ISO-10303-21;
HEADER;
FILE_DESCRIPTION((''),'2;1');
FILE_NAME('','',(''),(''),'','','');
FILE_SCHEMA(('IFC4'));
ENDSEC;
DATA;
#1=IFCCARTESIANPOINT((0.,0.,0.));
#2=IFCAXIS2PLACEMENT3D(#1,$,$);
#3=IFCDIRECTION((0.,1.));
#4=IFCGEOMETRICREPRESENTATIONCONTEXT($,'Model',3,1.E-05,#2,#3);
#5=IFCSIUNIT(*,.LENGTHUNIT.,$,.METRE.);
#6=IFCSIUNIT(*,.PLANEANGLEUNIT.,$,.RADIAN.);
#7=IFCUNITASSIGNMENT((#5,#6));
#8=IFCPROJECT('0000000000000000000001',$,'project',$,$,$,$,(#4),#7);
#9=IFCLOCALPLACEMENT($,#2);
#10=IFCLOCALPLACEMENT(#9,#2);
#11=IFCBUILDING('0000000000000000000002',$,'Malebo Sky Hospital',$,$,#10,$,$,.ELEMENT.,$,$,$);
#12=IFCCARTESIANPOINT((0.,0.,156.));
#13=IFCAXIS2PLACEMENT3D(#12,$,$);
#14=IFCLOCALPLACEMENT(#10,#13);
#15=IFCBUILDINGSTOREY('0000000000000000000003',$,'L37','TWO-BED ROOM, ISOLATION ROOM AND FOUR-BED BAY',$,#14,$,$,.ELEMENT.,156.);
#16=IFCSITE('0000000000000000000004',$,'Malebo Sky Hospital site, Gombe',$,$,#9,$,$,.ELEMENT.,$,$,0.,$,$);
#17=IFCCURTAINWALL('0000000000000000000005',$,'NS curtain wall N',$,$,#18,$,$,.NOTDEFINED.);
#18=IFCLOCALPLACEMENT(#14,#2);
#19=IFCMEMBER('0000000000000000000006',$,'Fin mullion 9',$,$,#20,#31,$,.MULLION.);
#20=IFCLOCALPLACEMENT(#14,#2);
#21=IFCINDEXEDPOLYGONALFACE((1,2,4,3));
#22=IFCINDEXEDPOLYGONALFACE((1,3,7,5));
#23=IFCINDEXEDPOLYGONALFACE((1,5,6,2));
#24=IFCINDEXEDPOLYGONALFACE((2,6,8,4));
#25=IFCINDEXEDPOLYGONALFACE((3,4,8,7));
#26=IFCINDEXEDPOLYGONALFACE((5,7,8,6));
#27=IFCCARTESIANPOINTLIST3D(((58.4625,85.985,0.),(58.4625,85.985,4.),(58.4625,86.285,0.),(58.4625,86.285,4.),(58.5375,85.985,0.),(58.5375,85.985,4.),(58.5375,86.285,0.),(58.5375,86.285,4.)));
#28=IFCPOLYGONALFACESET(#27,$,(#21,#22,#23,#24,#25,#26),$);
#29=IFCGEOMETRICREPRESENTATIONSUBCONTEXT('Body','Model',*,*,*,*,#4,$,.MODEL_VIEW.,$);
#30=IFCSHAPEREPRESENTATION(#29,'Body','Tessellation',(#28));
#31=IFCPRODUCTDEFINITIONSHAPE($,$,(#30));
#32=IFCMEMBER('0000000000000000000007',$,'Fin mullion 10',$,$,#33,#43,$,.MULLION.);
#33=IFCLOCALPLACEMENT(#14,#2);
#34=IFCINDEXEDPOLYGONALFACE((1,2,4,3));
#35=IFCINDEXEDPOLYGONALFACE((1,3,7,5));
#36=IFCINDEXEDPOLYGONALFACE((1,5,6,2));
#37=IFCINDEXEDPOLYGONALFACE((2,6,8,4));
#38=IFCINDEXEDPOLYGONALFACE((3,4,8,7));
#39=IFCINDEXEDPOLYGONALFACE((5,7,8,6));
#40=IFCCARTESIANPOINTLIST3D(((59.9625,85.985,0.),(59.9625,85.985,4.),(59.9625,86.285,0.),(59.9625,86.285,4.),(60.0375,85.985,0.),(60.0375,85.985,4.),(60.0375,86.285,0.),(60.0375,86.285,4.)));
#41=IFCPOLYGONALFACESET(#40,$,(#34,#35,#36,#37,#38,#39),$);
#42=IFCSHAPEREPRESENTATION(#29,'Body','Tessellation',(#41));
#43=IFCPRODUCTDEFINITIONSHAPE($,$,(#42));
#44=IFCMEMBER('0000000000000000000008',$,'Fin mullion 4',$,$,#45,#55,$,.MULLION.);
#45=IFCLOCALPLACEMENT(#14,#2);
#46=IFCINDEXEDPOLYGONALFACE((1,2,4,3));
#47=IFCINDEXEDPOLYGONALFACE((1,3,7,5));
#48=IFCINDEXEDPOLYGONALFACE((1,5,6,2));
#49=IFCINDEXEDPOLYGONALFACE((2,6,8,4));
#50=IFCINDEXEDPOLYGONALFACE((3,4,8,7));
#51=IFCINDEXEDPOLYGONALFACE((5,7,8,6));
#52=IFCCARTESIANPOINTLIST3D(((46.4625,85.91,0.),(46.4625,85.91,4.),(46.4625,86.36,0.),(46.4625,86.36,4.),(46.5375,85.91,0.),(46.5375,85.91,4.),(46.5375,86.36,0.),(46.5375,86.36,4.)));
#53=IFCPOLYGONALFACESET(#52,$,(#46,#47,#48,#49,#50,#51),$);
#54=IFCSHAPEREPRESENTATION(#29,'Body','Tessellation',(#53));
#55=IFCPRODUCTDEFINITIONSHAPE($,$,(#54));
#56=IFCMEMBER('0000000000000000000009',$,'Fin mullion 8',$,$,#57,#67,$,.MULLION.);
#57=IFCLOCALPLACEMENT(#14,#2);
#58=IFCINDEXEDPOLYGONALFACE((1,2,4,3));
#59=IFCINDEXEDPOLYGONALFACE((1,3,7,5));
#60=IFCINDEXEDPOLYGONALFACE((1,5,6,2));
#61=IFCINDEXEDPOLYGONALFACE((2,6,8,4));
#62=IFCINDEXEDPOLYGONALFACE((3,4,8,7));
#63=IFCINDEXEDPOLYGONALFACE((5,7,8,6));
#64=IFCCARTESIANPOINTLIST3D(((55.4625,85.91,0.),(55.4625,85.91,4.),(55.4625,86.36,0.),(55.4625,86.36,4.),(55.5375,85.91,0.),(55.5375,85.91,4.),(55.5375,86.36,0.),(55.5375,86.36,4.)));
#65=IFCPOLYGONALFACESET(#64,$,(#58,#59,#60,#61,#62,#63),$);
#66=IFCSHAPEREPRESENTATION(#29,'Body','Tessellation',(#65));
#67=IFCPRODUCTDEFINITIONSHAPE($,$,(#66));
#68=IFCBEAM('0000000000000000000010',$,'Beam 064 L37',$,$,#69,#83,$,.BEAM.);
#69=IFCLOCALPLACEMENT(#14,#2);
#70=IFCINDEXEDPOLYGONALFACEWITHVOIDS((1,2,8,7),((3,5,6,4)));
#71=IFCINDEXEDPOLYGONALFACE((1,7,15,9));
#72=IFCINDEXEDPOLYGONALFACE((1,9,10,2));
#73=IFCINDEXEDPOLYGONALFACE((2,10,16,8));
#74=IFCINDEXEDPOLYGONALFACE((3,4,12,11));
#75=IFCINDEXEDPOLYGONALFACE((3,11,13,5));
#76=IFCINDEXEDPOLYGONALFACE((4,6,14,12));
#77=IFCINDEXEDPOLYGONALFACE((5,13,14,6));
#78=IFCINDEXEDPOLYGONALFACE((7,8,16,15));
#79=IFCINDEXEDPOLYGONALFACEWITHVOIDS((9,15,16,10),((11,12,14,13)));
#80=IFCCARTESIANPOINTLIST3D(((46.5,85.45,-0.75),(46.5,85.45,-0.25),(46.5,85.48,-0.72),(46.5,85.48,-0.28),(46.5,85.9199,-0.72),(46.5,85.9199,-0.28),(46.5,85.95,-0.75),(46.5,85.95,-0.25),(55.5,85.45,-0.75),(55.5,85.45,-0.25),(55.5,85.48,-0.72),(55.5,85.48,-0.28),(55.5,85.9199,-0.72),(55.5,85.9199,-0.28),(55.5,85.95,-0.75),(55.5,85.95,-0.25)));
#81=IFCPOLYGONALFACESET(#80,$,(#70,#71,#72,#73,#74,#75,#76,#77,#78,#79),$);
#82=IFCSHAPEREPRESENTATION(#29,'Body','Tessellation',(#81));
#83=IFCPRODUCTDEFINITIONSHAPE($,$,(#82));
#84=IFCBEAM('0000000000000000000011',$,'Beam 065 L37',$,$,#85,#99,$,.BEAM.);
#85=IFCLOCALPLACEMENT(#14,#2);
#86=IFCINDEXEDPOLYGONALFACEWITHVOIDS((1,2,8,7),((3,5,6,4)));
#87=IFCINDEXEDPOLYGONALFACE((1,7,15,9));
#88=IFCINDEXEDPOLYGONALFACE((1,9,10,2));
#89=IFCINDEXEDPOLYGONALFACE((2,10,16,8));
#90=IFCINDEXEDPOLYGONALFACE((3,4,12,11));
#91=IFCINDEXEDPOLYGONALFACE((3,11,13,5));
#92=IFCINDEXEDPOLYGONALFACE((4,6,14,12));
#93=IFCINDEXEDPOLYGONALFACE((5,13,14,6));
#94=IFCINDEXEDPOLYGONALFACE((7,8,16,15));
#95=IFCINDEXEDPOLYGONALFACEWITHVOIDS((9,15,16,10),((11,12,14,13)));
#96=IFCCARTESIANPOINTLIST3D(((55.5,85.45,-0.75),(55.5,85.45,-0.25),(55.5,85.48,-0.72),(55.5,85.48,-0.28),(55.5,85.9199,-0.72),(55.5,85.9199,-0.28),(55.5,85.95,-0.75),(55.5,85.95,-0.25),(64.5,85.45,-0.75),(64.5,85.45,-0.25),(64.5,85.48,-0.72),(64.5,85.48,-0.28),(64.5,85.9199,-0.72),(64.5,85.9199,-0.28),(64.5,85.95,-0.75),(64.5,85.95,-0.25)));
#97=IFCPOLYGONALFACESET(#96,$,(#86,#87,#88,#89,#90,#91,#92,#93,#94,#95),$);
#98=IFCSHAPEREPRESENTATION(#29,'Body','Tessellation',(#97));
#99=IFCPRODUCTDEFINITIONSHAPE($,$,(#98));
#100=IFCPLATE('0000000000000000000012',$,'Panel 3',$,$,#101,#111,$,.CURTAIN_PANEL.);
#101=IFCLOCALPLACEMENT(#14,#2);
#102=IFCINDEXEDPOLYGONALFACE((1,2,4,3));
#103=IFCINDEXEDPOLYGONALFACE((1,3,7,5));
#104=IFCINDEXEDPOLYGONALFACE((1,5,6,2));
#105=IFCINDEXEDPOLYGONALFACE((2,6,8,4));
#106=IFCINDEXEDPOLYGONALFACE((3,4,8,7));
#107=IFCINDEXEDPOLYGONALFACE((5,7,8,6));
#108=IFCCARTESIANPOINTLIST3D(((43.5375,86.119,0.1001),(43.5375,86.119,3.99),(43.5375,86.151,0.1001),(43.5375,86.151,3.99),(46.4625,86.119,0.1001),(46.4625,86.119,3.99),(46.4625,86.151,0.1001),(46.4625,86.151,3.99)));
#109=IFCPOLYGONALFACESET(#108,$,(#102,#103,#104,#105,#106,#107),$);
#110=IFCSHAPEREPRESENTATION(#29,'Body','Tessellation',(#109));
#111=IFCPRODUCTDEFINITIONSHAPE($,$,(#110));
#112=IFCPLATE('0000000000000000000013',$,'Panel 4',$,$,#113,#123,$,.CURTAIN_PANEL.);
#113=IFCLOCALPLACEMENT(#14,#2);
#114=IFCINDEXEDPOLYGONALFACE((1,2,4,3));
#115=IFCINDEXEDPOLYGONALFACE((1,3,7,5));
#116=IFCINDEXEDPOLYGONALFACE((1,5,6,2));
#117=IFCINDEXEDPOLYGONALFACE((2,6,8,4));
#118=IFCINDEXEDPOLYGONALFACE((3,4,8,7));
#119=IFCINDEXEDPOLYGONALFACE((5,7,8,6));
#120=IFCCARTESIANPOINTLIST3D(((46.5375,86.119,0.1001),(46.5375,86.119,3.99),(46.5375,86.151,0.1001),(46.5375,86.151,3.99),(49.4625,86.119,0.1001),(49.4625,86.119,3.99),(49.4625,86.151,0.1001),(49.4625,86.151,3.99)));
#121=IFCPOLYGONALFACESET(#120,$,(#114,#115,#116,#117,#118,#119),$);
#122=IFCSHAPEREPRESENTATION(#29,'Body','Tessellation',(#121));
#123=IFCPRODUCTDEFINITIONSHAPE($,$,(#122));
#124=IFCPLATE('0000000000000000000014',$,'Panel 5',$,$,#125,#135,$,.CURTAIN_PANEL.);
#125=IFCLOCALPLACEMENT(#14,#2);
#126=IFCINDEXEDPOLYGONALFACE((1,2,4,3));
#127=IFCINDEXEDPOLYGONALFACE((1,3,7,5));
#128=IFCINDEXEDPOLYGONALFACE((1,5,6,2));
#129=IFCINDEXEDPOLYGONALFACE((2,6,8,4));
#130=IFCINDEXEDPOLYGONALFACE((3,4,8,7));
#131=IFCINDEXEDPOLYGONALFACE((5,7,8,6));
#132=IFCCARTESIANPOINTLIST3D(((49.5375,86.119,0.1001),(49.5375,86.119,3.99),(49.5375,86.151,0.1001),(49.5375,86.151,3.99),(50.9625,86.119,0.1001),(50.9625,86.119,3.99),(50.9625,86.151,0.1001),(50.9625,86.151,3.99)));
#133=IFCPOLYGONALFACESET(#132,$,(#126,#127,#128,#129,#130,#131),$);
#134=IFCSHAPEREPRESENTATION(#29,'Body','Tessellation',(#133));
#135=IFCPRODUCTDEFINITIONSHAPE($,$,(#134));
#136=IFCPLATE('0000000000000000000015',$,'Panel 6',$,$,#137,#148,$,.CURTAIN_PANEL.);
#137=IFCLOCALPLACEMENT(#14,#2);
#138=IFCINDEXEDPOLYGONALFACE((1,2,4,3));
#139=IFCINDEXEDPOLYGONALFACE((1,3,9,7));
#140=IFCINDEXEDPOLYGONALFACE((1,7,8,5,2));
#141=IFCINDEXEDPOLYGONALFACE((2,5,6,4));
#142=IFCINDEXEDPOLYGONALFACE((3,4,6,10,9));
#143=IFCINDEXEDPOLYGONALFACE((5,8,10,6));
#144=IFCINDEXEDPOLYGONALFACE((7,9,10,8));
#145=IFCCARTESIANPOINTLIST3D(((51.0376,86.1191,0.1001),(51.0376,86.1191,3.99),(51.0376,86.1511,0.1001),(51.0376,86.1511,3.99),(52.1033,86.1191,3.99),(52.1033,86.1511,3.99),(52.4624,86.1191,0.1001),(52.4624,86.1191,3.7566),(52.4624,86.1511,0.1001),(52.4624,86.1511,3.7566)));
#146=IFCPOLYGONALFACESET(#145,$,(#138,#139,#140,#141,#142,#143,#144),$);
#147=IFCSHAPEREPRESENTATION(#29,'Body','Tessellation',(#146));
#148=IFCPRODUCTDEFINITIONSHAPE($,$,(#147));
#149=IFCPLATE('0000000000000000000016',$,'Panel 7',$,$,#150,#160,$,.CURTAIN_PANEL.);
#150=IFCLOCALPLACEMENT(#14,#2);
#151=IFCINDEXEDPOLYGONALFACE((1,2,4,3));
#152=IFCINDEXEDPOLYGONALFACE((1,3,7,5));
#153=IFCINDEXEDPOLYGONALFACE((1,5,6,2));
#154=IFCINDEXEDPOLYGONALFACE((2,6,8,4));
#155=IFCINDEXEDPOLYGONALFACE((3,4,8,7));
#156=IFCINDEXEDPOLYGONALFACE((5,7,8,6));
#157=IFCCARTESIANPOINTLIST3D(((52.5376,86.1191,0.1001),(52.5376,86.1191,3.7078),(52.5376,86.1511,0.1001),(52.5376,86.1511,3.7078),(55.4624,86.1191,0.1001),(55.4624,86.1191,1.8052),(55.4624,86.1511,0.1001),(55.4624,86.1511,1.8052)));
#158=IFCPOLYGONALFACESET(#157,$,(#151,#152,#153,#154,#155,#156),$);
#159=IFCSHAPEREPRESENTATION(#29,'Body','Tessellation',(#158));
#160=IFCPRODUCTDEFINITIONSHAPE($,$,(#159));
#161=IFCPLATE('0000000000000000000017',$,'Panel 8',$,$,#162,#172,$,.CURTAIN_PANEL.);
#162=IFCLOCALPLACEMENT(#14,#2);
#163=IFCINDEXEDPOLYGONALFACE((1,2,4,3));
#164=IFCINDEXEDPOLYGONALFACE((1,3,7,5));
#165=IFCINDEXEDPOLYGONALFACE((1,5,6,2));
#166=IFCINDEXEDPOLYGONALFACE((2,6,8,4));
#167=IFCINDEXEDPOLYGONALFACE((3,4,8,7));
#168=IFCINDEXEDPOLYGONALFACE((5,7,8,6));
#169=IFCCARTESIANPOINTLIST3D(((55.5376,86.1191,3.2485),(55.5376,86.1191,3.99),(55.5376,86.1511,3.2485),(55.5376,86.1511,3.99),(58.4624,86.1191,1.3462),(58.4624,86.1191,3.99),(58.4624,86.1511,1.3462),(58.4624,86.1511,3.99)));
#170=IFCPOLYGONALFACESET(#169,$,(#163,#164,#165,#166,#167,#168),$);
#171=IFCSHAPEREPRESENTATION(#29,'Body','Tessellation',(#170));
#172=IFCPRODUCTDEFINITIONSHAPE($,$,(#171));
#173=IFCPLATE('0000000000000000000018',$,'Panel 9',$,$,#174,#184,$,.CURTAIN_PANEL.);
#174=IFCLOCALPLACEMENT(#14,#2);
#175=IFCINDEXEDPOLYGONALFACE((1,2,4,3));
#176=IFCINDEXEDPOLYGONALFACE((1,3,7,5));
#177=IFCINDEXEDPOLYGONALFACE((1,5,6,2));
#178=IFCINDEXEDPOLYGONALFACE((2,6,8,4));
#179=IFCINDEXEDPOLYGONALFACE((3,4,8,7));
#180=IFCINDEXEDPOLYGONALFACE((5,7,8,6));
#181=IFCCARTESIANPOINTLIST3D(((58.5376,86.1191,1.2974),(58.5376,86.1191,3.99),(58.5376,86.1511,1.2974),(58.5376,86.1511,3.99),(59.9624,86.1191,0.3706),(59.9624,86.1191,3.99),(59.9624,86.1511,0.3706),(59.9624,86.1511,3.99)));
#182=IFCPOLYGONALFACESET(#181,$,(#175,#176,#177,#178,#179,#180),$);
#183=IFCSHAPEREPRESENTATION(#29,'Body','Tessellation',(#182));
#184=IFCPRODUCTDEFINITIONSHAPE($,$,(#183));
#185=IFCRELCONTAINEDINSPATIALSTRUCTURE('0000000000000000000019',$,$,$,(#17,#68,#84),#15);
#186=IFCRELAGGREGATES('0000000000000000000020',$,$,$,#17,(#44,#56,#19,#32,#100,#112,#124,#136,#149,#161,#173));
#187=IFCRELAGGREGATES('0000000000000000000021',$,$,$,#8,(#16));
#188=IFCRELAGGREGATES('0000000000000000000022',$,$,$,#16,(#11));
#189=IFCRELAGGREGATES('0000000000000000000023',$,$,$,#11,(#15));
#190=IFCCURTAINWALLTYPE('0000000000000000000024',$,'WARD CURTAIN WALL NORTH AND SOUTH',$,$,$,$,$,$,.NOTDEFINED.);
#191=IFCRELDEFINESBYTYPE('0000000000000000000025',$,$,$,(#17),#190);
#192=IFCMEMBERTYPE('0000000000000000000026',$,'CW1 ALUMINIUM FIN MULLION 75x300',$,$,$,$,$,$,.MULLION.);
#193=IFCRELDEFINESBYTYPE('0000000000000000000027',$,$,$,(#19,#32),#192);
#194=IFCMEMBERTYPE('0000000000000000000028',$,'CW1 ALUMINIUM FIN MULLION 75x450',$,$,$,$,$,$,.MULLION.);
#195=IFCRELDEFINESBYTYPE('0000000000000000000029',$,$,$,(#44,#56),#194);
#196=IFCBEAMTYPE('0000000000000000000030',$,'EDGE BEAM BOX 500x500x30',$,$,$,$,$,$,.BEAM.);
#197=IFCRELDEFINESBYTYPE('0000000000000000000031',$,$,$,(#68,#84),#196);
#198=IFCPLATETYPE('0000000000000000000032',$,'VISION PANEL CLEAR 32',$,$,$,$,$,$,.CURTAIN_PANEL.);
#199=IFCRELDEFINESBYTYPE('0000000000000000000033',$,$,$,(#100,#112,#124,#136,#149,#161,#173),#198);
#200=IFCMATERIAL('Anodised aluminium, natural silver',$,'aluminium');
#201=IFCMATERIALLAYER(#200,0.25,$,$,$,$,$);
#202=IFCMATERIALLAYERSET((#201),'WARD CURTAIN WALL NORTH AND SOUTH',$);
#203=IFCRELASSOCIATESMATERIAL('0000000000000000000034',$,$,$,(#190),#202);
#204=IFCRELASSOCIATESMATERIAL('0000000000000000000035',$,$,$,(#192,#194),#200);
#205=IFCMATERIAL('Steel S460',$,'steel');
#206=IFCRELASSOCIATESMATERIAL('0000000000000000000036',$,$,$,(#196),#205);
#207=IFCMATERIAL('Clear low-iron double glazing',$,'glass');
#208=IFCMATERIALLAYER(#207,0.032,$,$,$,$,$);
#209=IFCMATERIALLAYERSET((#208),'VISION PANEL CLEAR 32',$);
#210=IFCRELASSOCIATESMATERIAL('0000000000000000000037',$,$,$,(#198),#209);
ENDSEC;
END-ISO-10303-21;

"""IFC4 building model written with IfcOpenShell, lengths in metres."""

from ifc_helpers import new_model, si_unit, direction, frame, origin, origin_2d, place, context, subcontext, project, spatial, polyline, rectangle, hollow_rectangle, outline, extrude, material, layer, layer_set, material_profile, profile_set, type_object, element, aggregate, save


model = new_model("IFC4")

# Units and contexts
model_context = context("Model", 3, precision=1e-05, world=origin(), true_north=direction((0.0, 1.0)))
body_context = subcontext(model_context, "Body", "Model", "MODEL_VIEW")
ifc_project = project(units=[si_unit("LENGTHUNIT", "METRE"), si_unit("PLANEANGLEUNIT", "RADIAN")], contexts=[model_context])

# Site, building, storey
site_placement = place(None, origin())
site = spatial("IfcSite", under=ifc_project, at=site_placement, Name="Malebo Sky Hospital site, Gombe", CompositionType="ELEMENT", RefElevation=0.0)
building_placement = place(site_placement, origin())
building = spatial("IfcBuilding", under=site, at=building_placement, Name="Malebo Sky Hospital", CompositionType="ELEMENT")
storey_placement = place(building_placement, frame((0.0, 0.0, 156.0)))
storey = spatial("IfcBuildingStorey", under=building, at=storey_placement, Name="L37", Description="TWO-BED ROOM, ISOLATION ROOM AND FOUR-BED BAY", CompositionType="ELEMENT", Elevation=156.0)

# Shared definitions
ifc_material_1 = material(Name="Steel S460", Category="steel")

# Curtain wall
ifc_material_2 = material(Name="Anodised aluminium, natural silver", Category="aluminium")
ifc_layer_1 = layer(ifc_material_2, 0.25)
ifc_layer_set_1 = layer_set([ifc_layer_1], Name="WARD CURTAIN WALL NORTH AND SOUTH")
curtain_wall_type = type_object("IfcCurtainWallType", Name="WARD CURTAIN WALL NORTH AND SOUTH", PredefinedType="NOTDEFINED", material=ifc_layer_set_1)
curtain_wall_placement = place(storey_placement, origin())
curtain_wall = element("IfcCurtainWall", 1, at=curtain_wall_placement, inside=storey, type_object=curtain_wall_type, Name="NS curtain wall N", PredefinedType="NOTDEFINED")

# Members
ifc_material_profile_1 = material_profile(ifc_material_2, rectangle(XDim=0.075, YDim=0.3, at=origin_2d()), Name="CW1 ALUMINIUM FIN MULLION 75x300")
ifc_profile_set_1 = profile_set([ifc_material_profile_1], Name="Anodised aluminium, natural silver")
member_type_1 = type_object("IfcMemberType", Name="CW1 ALUMINIUM FIN MULLION 75x300", PredefinedType="MULLION", material=ifc_profile_set_1)
member_1_placement = place(storey_placement, frame((58.5, 86.135, 0.0), z_axis=(0.0, 0.0, 1.0), x_axis=(1.0, 0.0, 0.0)))
member_1 = element("IfcMember", 2, at=member_1_placement, type_object=member_type_1, Name="Fin mullion 9", PredefinedType="MULLION", context=body_context, shape_type="SweptSolid", body=[
    extrude(rectangle(XDim=0.075, YDim=0.3, at=origin_2d()), origin(), (0.0, 0.0, 1.0), 4.0),
])
member_2_placement = place(storey_placement, frame((60.0, 86.135, 0.0), z_axis=(0.0, 0.0, 1.0), x_axis=(1.0, 0.0, 0.0)))
member_2 = element("IfcMember", 3, at=member_2_placement, type_object=member_type_1, Name="Fin mullion 10", PredefinedType="MULLION", context=body_context, shape_type="SweptSolid", body=[
    extrude(rectangle(XDim=0.075, YDim=0.3, at=origin_2d()), origin(), (0.0, 0.0, 1.0), 4.0),
])
ifc_material_profile_2 = material_profile(ifc_material_2, rectangle(XDim=0.075, YDim=0.45, at=origin_2d()), Name="CW1 ALUMINIUM FIN MULLION 75x450")
ifc_profile_set_2 = profile_set([ifc_material_profile_2], Name="Anodised aluminium, natural silver")
member_type_2 = type_object("IfcMemberType", Name="CW1 ALUMINIUM FIN MULLION 75x450", PredefinedType="MULLION", material=ifc_profile_set_2)
member_3_placement = place(storey_placement, frame((46.5, 86.135, 0.0), z_axis=(0.0, 0.0, 1.0), x_axis=(1.0, 0.0, 0.0)))
member_3 = element("IfcMember", 4, at=member_3_placement, type_object=member_type_2, Name="Fin mullion 4", PredefinedType="MULLION", context=body_context, shape_type="SweptSolid", body=[
    extrude(rectangle(XDim=0.075, YDim=0.45, at=origin_2d()), origin(), (0.0, 0.0, 1.0), 4.0),
])
member_4_placement = place(storey_placement, frame((55.5, 86.135, 0.0), z_axis=(0.0, 0.0, 1.0), x_axis=(1.0, 0.0, 0.0)))
member_4 = element("IfcMember", 5, at=member_4_placement, type_object=member_type_2, Name="Fin mullion 8", PredefinedType="MULLION", context=body_context, shape_type="SweptSolid", body=[
    extrude(rectangle(XDim=0.075, YDim=0.45, at=origin_2d()), origin(), (0.0, 0.0, 1.0), 4.0),
])

# Beams
ifc_material_profile_3 = material_profile(ifc_material_1, hollow_rectangle(XDim=0.5, YDim=0.5, WallThickness=0.03, at=origin_2d()), Name="BOX 500x500x30")
ifc_profile_set_3 = profile_set([ifc_material_profile_3], Name="Steel S460")
beam_type = type_object("IfcBeamType", Name="EDGE BEAM BOX 500x500x30", PredefinedType="BEAM", material=ifc_profile_set_3)
for number, where, z_axis, x_axis, name in (
    (6, (46.5, 85.7, -0.5), (1.0, 0.0, 0.0), (0.0, 1.0, 0.0), "Beam 064 L37"),
    (7, (55.5, 85.7, -0.5), (1.0, 0.0, 0.0), (0.0, 1.0, 0.0), "Beam 065 L37"),
):
    element("IfcBeam", number, at=place(storey_placement, frame(where, z_axis=z_axis, x_axis=x_axis)), inside=storey, type_object=beam_type, Name=name, PredefinedType="BEAM", context=body_context, shape_type="SweptSolid", body=[
        extrude(hollow_rectangle(XDim=0.5, YDim=0.5, WallThickness=0.03, at=origin_2d()), origin(), (0.0, 0.0, 1.0), 9.0),
    ])

# Plates
ifc_material_3 = material(Name="Clear low-iron double glazing", Category="glass")
ifc_layer_2 = layer(ifc_material_3, 0.032)
ifc_layer_set_2 = layer_set([ifc_layer_2], Name="VISION PANEL CLEAR 32")
plate_type = type_object("IfcPlateType", Name="VISION PANEL CLEAR 32", PredefinedType="CURTAIN_PANEL", material=ifc_layer_set_2)
plate_1_placement = place(storey_placement, frame((45.0, 86.135, 0.1001), z_axis=(0.0, 0.0, 1.0), x_axis=(1.0, 0.0, 0.0)))
plate_1 = element("IfcPlate", 8, at=plate_1_placement, type_object=plate_type, Name="Panel 3", PredefinedType="CURTAIN_PANEL", context=body_context, shape_type="SweptSolid", body=[
    extrude(rectangle(XDim=2.925, YDim=0.032, at=origin_2d()), origin(), (0.0, 0.0, 1.0), 3.8899),
])
plate_2_placement = place(storey_placement, frame((48.0, 86.135, 0.1001), z_axis=(0.0, 0.0, 1.0), x_axis=(1.0, 0.0, 0.0)))
plate_2 = element("IfcPlate", 9, at=plate_2_placement, type_object=plate_type, Name="Panel 4", PredefinedType="CURTAIN_PANEL", context=body_context, shape_type="SweptSolid", body=[
    extrude(rectangle(XDim=2.925, YDim=0.032, at=origin_2d()), origin(), (0.0, 0.0, 1.0), 3.8899),
])
plate_3_placement = place(storey_placement, frame((50.25, 86.135, 0.1001), z_axis=(0.0, 0.0, 1.0), x_axis=(1.0, 0.0, 0.0)))
plate_3 = element("IfcPlate", 10, at=plate_3_placement, type_object=plate_type, Name="Panel 5", PredefinedType="CURTAIN_PANEL", context=body_context, shape_type="SweptSolid", body=[
    extrude(rectangle(XDim=1.425, YDim=0.032, at=origin_2d()), origin(), (0.0, 0.0, 1.0), 3.8899),
])
plate_4_placement = place(storey_placement, frame((51.75, 86.135, 0.1001), z_axis=(0.0, 0.0, 1.0), x_axis=(1.0, 0.0, 0.0)))
plate_4 = element("IfcPlate", 11, at=plate_4_placement, type_object=plate_type, Name="Panel 6", PredefinedType="CURTAIN_PANEL", context=body_context, shape_type="SweptSolid", body=[
    extrude(outline(polyline([(-0.7124, 0.0), (0.7124, 0.0), (0.7124, 3.6565), (0.3533, 3.8899), (-0.7124, 3.8899), (-0.7124, 0.0)])), frame((0.0, 0.0161, 0.0), z_axis=(0.0, -1.0, 0.0), x_axis=(1.0, 0.0, 0.0)), (0.0, 0.0, 1.0), 0.032),
])
plate_5_placement = place(storey_placement, frame((54.0, 86.135, 0.1001), z_axis=(0.0, 0.0, 1.0), x_axis=(1.0, 0.0, 0.0)))
plate_5 = element("IfcPlate", 12, at=plate_5_placement, type_object=plate_type, Name="Panel 7", PredefinedType="CURTAIN_PANEL", context=body_context, shape_type="SweptSolid", body=[
    extrude(outline(polyline([(-1.4624, 0.0), (1.4624, 0.0), (1.4624, 1.7051), (-1.4624, 3.6077), (-1.4624, 0.0)])), frame((0.0, 0.0161, 0.0), z_axis=(0.0, -1.0, 0.0), x_axis=(1.0, 0.0, 0.0)), (0.0, 0.0, 1.0), 0.032),
])
plate_6_placement = place(storey_placement, frame((57.0, 86.135, 1.3462), z_axis=(0.0, 0.0, 1.0), x_axis=(1.0, 0.0, 0.0)))
plate_6 = element("IfcPlate", 13, at=plate_6_placement, type_object=plate_type, Name="Panel 8", PredefinedType="CURTAIN_PANEL", context=body_context, shape_type="SweptSolid", body=[
    extrude(outline(polyline([(1.4624, 0.0), (1.4624, 2.6438), (-1.4624, 2.6438), (-1.4624, 1.9023), (1.4624, 0.0)])), frame((0.0, 0.0161, 0.0), z_axis=(0.0, -1.0, 0.0), x_axis=(1.0, 0.0, 0.0)), (0.0, 0.0, 1.0), 0.032),
])
plate_7_placement = place(storey_placement, frame((59.25, 86.135, 0.3706), z_axis=(0.0, 0.0, 1.0), x_axis=(1.0, 0.0, 0.0)))
plate_7 = element("IfcPlate", 14, at=plate_7_placement, type_object=plate_type, Name="Panel 9", PredefinedType="CURTAIN_PANEL", context=body_context, shape_type="SweptSolid", body=[
    extrude(outline(polyline([(0.7124, 0.0), (0.7124, 3.6194), (-0.7124, 3.6194), (-0.7124, 0.9268), (0.7124, 0.0)])), frame((0.0, 0.0161, 0.0), z_axis=(0.0, -1.0, 0.0), x_axis=(1.0, 0.0, 0.0)), (0.0, 0.0, 1.0), 0.032),
])
aggregate(curtain_wall, [member_3, member_4, member_1, member_2, plate_1, plate_2, plate_3, plate_4, plate_5, plate_6, plate_7])

save(model, "model.ifc")
